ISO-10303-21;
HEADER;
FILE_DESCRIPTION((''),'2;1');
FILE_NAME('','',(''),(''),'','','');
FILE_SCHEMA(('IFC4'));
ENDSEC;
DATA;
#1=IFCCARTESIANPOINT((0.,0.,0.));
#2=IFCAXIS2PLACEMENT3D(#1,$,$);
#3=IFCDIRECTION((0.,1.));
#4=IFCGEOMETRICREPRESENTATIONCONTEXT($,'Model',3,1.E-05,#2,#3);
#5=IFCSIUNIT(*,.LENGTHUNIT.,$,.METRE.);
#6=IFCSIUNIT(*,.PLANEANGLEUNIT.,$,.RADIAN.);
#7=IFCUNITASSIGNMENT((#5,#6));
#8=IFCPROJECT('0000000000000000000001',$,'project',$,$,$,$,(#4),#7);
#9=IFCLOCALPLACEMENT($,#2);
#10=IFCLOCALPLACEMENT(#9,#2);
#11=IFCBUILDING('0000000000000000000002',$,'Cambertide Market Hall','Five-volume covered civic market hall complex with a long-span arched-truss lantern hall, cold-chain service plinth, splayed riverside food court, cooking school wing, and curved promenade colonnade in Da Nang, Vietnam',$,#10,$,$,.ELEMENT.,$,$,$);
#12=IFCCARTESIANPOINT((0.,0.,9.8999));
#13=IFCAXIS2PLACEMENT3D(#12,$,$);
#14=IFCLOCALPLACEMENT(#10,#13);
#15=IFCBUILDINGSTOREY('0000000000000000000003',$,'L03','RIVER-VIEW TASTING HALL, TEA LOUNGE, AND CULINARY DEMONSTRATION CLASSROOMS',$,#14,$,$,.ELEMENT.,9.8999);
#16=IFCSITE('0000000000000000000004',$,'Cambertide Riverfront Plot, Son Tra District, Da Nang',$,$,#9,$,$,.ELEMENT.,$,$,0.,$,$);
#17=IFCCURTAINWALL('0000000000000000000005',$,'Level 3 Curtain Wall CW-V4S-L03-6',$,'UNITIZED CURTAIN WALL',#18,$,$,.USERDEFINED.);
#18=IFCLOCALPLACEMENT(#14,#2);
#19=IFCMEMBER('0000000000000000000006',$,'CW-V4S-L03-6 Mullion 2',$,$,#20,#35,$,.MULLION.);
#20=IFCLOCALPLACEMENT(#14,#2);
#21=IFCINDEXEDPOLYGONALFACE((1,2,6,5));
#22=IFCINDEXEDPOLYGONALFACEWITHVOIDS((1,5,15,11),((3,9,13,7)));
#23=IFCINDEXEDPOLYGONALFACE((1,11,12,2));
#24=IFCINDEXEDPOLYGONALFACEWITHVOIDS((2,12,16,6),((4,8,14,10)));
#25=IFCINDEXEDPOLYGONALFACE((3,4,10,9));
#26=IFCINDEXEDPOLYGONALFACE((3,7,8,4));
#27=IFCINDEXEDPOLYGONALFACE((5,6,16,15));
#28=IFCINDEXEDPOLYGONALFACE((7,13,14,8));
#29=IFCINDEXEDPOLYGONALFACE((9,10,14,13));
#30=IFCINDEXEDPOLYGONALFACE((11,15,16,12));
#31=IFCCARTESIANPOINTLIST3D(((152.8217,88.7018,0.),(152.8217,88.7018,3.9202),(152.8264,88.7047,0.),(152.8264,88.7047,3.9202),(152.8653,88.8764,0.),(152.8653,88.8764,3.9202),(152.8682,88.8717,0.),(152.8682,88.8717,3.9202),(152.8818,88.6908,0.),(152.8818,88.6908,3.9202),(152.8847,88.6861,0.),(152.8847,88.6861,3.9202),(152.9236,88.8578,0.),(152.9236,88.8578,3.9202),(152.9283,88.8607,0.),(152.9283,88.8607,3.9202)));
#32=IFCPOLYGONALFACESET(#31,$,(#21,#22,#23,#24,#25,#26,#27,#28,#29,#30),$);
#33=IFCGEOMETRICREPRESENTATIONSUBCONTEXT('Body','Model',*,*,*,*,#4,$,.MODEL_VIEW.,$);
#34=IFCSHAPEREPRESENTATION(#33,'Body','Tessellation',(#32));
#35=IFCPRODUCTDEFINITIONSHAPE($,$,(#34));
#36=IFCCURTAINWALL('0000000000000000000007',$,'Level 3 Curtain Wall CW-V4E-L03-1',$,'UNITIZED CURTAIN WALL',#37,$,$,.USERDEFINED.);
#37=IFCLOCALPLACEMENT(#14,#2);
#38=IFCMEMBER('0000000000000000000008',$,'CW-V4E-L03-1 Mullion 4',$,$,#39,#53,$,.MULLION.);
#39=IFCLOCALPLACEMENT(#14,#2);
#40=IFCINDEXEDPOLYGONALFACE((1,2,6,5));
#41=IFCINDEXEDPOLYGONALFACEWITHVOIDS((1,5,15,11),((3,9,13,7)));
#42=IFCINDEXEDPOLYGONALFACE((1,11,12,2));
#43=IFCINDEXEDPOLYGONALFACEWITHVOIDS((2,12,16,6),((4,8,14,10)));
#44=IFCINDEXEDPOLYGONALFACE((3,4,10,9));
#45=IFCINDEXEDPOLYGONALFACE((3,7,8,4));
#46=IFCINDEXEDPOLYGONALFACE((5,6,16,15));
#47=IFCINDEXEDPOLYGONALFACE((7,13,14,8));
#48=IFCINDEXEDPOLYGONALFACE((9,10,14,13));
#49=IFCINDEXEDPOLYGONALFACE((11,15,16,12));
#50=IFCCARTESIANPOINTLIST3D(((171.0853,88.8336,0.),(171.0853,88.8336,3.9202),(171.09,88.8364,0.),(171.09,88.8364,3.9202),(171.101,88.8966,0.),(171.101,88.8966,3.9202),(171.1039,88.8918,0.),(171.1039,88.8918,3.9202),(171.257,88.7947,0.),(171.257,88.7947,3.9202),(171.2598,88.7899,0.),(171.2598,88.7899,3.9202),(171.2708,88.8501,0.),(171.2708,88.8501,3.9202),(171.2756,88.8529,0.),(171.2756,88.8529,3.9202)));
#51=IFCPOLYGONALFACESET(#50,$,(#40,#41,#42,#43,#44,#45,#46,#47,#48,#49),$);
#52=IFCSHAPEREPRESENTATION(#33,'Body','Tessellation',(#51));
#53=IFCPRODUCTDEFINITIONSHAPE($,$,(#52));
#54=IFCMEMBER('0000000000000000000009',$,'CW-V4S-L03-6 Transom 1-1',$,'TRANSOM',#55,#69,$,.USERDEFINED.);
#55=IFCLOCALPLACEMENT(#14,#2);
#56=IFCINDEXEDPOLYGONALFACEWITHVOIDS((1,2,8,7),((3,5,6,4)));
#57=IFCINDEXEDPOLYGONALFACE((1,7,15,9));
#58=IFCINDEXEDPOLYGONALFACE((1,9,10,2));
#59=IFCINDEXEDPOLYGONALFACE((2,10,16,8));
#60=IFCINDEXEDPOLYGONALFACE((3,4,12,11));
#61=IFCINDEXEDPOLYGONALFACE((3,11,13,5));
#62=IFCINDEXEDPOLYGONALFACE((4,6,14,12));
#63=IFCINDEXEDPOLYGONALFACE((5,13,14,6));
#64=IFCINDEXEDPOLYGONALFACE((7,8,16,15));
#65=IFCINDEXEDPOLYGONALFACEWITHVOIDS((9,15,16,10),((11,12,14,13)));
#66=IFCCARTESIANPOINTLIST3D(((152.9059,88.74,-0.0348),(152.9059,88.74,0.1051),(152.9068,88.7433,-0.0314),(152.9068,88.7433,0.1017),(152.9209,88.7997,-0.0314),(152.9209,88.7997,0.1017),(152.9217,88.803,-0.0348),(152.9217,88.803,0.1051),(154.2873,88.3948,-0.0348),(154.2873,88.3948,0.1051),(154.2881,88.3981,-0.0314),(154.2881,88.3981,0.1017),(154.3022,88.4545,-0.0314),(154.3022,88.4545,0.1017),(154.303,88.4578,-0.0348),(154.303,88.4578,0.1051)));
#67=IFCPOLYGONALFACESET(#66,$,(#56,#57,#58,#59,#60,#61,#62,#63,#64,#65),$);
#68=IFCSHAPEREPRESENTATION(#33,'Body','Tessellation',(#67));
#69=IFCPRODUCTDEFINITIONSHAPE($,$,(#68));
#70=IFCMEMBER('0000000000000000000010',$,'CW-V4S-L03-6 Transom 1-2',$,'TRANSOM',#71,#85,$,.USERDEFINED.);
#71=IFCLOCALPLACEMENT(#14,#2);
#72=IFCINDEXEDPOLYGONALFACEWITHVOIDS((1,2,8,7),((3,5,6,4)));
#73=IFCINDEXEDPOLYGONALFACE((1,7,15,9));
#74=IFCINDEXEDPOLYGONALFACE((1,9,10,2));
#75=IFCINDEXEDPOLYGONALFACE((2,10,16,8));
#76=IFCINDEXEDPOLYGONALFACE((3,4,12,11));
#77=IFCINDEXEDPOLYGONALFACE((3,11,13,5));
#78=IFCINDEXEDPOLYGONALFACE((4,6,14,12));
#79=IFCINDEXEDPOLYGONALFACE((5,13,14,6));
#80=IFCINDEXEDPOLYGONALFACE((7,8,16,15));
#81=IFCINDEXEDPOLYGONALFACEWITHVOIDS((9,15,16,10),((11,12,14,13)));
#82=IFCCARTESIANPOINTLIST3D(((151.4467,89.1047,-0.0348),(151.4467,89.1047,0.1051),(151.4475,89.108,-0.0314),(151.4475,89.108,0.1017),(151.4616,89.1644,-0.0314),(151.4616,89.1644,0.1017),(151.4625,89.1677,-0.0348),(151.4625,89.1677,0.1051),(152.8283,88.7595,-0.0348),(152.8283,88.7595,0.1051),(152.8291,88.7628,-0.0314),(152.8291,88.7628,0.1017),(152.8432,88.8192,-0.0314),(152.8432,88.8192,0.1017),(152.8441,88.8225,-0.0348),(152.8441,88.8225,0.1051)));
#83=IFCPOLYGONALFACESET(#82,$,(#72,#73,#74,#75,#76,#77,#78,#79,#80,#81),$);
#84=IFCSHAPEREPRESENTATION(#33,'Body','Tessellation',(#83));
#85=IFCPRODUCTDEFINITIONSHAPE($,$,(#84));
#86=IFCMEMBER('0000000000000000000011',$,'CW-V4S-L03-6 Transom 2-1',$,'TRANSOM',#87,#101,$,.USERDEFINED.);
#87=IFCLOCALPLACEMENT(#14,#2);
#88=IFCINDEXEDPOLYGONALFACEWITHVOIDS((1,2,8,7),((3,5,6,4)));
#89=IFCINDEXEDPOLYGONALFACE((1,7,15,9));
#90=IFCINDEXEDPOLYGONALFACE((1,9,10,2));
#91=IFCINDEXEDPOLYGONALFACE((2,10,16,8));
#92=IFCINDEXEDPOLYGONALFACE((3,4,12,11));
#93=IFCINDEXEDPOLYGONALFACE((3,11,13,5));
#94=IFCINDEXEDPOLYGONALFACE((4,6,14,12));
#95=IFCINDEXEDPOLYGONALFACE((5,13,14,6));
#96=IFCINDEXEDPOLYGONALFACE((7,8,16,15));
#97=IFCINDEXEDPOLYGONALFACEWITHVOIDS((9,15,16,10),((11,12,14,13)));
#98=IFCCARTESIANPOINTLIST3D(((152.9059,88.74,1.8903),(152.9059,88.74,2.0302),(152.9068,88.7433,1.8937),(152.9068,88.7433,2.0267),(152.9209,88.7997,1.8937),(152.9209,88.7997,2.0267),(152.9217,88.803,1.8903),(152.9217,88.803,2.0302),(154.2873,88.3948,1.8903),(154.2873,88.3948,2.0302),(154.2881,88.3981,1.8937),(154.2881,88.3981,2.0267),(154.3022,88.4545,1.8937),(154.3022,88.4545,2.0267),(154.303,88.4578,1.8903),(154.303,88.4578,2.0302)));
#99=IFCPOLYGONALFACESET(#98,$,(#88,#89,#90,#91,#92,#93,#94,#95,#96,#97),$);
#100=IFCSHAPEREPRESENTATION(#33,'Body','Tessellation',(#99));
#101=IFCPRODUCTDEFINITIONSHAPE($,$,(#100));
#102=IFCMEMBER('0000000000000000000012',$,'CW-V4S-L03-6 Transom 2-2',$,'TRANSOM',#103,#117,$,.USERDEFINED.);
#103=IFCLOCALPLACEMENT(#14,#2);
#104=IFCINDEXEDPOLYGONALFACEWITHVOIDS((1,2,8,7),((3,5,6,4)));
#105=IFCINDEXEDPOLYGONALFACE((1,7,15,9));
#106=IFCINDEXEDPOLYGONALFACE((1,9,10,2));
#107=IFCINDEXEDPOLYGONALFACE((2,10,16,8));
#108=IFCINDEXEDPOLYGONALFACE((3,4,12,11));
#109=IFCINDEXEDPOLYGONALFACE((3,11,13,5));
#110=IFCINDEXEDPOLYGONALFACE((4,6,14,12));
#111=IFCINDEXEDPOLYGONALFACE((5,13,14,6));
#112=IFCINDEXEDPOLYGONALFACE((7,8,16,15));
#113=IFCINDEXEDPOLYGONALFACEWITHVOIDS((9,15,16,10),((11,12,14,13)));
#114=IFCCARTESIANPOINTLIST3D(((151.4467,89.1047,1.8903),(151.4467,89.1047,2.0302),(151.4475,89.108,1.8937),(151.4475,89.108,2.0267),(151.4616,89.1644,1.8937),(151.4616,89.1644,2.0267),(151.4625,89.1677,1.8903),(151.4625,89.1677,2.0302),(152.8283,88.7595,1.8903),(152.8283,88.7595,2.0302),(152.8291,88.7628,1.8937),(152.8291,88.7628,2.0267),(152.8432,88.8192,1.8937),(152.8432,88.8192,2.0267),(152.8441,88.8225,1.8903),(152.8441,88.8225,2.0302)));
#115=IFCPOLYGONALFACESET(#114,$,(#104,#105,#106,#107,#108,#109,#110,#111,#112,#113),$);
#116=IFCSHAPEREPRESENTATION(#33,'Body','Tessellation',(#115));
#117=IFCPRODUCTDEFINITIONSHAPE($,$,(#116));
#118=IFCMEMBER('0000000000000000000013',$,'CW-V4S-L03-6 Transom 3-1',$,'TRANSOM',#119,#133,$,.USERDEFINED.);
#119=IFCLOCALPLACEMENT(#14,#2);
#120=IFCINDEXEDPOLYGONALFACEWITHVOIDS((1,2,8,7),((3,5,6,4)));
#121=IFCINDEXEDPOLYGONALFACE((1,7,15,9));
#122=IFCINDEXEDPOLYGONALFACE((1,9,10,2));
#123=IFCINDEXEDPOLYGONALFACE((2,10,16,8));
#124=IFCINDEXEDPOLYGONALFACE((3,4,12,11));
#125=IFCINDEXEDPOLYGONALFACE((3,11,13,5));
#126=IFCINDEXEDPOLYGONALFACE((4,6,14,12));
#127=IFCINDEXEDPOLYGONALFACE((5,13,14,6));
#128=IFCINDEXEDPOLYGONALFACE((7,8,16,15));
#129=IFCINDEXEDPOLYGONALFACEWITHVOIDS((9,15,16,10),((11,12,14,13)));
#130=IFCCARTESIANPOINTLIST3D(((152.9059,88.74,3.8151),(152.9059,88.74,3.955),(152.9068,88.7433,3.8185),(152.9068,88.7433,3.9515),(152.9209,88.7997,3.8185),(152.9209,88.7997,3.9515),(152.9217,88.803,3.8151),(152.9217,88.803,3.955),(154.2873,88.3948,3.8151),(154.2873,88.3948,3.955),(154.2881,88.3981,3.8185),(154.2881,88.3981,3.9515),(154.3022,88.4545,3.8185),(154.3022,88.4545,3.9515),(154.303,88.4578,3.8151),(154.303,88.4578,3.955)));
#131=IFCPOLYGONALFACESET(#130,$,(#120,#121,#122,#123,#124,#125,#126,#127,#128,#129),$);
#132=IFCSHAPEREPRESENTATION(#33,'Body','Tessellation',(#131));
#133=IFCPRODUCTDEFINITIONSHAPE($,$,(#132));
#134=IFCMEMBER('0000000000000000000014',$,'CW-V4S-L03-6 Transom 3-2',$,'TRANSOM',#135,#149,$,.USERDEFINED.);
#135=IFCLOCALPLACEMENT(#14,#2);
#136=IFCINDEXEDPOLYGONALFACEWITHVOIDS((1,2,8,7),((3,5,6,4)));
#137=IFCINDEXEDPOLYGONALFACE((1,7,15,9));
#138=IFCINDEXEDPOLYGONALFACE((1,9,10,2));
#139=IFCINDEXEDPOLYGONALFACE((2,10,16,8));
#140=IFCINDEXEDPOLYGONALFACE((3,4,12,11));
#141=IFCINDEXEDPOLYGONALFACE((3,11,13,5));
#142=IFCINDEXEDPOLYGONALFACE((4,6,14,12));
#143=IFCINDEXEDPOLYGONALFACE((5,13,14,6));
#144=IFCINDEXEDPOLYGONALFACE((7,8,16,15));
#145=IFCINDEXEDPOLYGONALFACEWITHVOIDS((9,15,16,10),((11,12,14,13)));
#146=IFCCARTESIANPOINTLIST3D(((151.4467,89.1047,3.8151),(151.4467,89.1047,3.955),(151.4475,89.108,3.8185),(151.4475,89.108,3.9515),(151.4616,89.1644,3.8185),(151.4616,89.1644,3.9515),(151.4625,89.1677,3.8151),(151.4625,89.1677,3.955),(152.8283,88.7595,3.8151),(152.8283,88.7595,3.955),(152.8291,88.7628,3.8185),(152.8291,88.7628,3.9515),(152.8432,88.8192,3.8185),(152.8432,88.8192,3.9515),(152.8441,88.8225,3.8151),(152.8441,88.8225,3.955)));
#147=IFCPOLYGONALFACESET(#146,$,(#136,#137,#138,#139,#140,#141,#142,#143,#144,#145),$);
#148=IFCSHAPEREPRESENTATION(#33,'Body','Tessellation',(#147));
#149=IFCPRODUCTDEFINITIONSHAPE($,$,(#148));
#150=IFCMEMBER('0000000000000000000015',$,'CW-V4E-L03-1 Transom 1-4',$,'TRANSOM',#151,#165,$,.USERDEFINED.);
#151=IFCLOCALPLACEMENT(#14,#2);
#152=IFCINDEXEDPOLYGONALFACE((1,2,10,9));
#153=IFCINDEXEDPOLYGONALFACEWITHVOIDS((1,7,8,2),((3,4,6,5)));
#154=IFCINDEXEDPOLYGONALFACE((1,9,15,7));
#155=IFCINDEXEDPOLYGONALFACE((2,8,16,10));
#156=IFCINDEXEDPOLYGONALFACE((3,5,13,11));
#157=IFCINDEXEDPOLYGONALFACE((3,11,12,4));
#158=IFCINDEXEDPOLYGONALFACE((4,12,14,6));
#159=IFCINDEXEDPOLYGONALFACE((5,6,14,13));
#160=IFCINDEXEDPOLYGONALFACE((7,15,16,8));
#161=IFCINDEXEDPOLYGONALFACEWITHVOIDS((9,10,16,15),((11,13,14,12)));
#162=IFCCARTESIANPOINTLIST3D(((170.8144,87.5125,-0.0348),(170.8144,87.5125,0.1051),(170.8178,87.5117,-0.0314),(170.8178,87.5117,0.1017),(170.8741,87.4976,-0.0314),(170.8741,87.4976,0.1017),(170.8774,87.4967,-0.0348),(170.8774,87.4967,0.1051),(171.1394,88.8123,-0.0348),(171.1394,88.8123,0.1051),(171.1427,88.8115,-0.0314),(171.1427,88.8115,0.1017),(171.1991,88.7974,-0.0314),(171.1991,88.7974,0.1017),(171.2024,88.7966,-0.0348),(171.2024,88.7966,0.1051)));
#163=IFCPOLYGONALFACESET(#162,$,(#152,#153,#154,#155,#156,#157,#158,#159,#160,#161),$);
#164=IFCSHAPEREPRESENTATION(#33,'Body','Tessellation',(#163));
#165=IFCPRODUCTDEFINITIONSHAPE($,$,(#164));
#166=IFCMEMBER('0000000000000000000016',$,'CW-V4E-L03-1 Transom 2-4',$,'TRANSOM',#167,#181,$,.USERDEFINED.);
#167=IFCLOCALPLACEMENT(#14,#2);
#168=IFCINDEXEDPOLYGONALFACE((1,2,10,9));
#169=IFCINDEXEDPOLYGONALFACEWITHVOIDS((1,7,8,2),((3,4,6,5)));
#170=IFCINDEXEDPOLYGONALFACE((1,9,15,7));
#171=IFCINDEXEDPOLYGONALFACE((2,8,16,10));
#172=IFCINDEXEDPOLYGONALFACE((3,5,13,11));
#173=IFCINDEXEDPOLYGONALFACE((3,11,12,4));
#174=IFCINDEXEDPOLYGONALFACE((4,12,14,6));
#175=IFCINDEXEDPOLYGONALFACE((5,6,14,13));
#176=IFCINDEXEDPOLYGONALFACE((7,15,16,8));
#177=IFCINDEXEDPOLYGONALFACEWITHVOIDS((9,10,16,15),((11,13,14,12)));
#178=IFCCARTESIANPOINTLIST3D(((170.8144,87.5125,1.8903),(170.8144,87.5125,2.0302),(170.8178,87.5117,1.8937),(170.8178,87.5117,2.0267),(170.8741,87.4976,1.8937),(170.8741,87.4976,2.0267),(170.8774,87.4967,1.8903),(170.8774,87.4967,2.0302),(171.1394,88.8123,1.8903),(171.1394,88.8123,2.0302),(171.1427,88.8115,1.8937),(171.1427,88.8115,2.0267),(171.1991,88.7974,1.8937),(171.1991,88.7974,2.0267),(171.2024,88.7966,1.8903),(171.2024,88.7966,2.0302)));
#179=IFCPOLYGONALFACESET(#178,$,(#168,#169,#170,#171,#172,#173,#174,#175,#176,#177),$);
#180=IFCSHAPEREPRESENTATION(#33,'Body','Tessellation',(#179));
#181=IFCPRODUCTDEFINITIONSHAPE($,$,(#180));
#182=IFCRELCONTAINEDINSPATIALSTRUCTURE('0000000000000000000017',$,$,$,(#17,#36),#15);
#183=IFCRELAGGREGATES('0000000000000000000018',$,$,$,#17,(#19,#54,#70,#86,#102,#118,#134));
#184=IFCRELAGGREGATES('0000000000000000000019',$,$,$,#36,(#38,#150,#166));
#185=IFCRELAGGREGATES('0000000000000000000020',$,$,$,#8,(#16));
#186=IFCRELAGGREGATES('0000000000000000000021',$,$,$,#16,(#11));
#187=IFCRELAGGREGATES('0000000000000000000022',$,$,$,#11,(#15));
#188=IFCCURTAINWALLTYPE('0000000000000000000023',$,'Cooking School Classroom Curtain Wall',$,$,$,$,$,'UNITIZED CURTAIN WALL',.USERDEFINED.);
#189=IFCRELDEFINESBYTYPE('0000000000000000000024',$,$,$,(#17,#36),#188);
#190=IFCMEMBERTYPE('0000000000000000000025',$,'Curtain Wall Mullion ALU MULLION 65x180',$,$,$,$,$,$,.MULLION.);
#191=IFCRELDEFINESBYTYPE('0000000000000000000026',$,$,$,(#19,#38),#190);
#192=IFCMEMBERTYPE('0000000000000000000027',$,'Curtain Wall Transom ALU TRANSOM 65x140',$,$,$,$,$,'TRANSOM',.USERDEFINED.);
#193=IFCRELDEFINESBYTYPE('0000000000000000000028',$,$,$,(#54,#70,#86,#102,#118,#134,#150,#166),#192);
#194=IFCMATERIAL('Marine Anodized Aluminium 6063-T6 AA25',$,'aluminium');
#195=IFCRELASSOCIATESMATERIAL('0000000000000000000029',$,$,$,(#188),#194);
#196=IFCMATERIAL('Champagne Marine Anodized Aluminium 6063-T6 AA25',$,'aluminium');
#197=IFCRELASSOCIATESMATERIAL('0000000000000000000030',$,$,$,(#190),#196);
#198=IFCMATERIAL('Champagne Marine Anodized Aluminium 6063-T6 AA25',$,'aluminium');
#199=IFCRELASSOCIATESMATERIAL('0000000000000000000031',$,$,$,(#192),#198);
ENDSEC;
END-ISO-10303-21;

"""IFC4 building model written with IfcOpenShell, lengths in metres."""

from ifc_helpers import new_model, si_unit, direction, frame, origin, origin_2d, place, context, subcontext, project, spatial, hollow_rectangle, extrude, material, material_profile, profile_set, type_object, element, aggregate, save


model = new_model("IFC4")

# Units and contexts
model_context = context("Model", 3, precision=1e-05, world=origin(), true_north=direction((0.0, 1.0)))
body_context = subcontext(model_context, "Body", "Model", "MODEL_VIEW")
ifc_project = project(units=[si_unit("LENGTHUNIT", "METRE"), si_unit("PLANEANGLEUNIT", "RADIAN")], contexts=[model_context])

# Site, building, storey
site_placement = place(None, origin())
site = spatial("IfcSite", under=ifc_project, at=site_placement, Name="Cambertide Riverfront Plot, Son Tra District, Da Nang", CompositionType="ELEMENT", RefElevation=0.0)
building_placement = place(site_placement, origin())
building = spatial("IfcBuilding", under=site, at=building_placement, Name="Cambertide Market Hall", Description="Five-volume covered civic market hall complex with a long-span arched-truss lantern hall, cold-chain service plinth, splayed riverside food court, cooking school wing, and curved promenade colonnade in Da Nang, Vietnam", CompositionType="ELEMENT")
storey_placement = place(building_placement, frame((0.0, 0.0, 9.8999)))
storey = spatial("IfcBuildingStorey", under=building, at=storey_placement, Name="L03", Description="RIVER-VIEW TASTING HALL, TEA LOUNGE, AND CULINARY DEMONSTRATION CLASSROOMS", CompositionType="ELEMENT", Elevation=9.8999)

# Curtain walls, members
ifc_material_1 = material(Name="Marine Anodized Aluminium 6063-T6 AA25", Category="aluminium")
curtain_wall_type = type_object("IfcCurtainWallType", Name="Cooking School Classroom Curtain Wall", ElementType="UNITIZED CURTAIN WALL", PredefinedType="USERDEFINED", material=ifc_material_1)
curtain_wall_1_placement = place(storey_placement, origin())
curtain_wall_1 = element("IfcCurtainWall", 1, at=curtain_wall_1_placement, inside=storey, type_object=curtain_wall_type, Name="Level 3 Curtain Wall CW-V4S-L03-6", ObjectType="UNITIZED CURTAIN WALL", PredefinedType="USERDEFINED")
ifc_material_2 = material(Name="Champagne Marine Anodized Aluminium 6063-T6 AA25", Category="aluminium")
ifc_material_profile_1 = material_profile(ifc_material_2, hollow_rectangle(XDim=0.0649, YDim=0.1799, WallThickness=0.0039, at=origin_2d()), Name="ALU MULLION 65x180")
ifc_profile_set_1 = profile_set([ifc_material_profile_1], Name="Champagne Marine Anodized Aluminium 6063-T6 AA25")
member_type_1 = type_object("IfcMemberType", Name="Curtain Wall Mullion ALU MULLION 65x180", PredefinedType="MULLION", material=ifc_profile_set_1)
member_1_placement = place(storey_placement, frame((152.875, 88.7812, 0.0), z_axis=(0.0, 0.0, 1.0), x_axis=(-0.970143, 0.242535, 0.0)))
member_1 = element("IfcMember", 2, at=member_1_placement, type_object=member_type_1, Name="CW-V4S-L03-6 Mullion 2", PredefinedType="MULLION", context=body_context, shape_type="SweptSolid", body=[
    extrude(hollow_rectangle(XDim=0.0649, YDim=0.1799, WallThickness=0.0039, at=origin_2d()), origin(), (0.0, 0.0, 1.0), 3.9202),
])
curtain_wall_2_placement = place(storey_placement, origin())
curtain_wall_2 = element("IfcCurtainWall", 3, at=curtain_wall_2_placement, inside=storey, type_object=curtain_wall_type, Name="Level 3 Curtain Wall CW-V4E-L03-1", ObjectType="UNITIZED CURTAIN WALL", PredefinedType="USERDEFINED")
member_2_placement = place(storey_placement, frame((171.1804, 88.8433, 0.0), z_axis=(0.0, 0.0, 1.0), x_axis=(-0.242536, -0.970143, 0.0)))
member_2 = element("IfcMember", 4, at=member_2_placement, type_object=member_type_1, Name="CW-V4E-L03-1 Mullion 4", PredefinedType="MULLION", context=body_context, shape_type="SweptSolid", body=[
    extrude(hollow_rectangle(XDim=0.0649, YDim=0.1799, WallThickness=0.0039, at=origin_2d()), origin(), (0.0, 0.0, 1.0), 3.9202),
])

# Members
ifc_material_3 = material(Name="Champagne Marine Anodized Aluminium 6063-T6 AA25", Category="aluminium")
ifc_material_profile_2 = material_profile(ifc_material_3, hollow_rectangle(XDim=0.0649, YDim=0.1399, WallThickness=0.0034, at=origin_2d()), Name="ALU TRANSOM 65x140")
ifc_profile_set_2 = profile_set([ifc_material_profile_2], Name="Champagne Marine Anodized Aluminium 6063-T6 AA25")
member_type_2 = type_object("IfcMemberType", Name="Curtain Wall Transom ALU TRANSOM 65x140", ElementType="TRANSOM", PredefinedType="USERDEFINED", material=ifc_profile_set_2)
member_3_placement = place(storey_placement, frame((154.2952, 88.4263, 0.0352), z_axis=(-0.970163, 0.242455, 0.0), x_axis=(-0.242455, -0.970163, 0.0)))
member_3 = element("IfcMember", 5, at=member_3_placement, type_object=member_type_2, Name="CW-V4S-L03-6 Transom 1-1", ObjectType="TRANSOM", PredefinedType="USERDEFINED", context=body_context, shape_type="SweptSolid", body=[
    extrude(hollow_rectangle(XDim=0.0649, YDim=0.1399, WallThickness=0.0034, at=origin_2d()), origin(), (0.0, 0.0, 1.0), 1.4238),
])
member_4_placement = place(storey_placement, frame((152.8362, 88.791, 0.0352), z_axis=(-0.970173, 0.242415, 0.0), x_axis=(-0.242415, -0.970173, 0.0)))
member_4 = element("IfcMember", 6, at=member_4_placement, type_object=member_type_2, Name="CW-V4S-L03-6 Transom 1-2", ObjectType="TRANSOM", PredefinedType="USERDEFINED", context=body_context, shape_type="SweptSolid", body=[
    extrude(hollow_rectangle(XDim=0.0649, YDim=0.1399, WallThickness=0.0034, at=origin_2d()), origin(), (0.0, 0.0, 1.0), 1.4241),
])
member_5_placement = place(storey_placement, frame((154.2952, 88.4263, 1.9602), z_axis=(-0.970163, 0.242455, 0.0), x_axis=(-0.242455, -0.970163, 0.0)))
member_5 = element("IfcMember", 7, at=member_5_placement, type_object=member_type_2, Name="CW-V4S-L03-6 Transom 2-1", ObjectType="TRANSOM", PredefinedType="USERDEFINED", context=body_context, shape_type="SweptSolid", body=[
    extrude(hollow_rectangle(XDim=0.0649, YDim=0.1399, WallThickness=0.0034, at=origin_2d()), origin(), (0.0, 0.0, 1.0), 1.4238),
])
member_6_placement = place(storey_placement, frame((152.8362, 88.791, 1.9602), z_axis=(-0.970173, 0.242415, 0.0), x_axis=(-0.242415, -0.970173, 0.0)))
member_6 = element("IfcMember", 8, at=member_6_placement, type_object=member_type_2, Name="CW-V4S-L03-6 Transom 2-2", ObjectType="TRANSOM", PredefinedType="USERDEFINED", context=body_context, shape_type="SweptSolid", body=[
    extrude(hollow_rectangle(XDim=0.0649, YDim=0.1399, WallThickness=0.0034, at=origin_2d()), origin(), (0.0, 0.0, 1.0), 1.4241),
])
member_7_placement = place(storey_placement, frame((154.2952, 88.4263, 3.885), z_axis=(-0.970163, 0.242455, 0.0), x_axis=(-0.242455, -0.970163, 0.0)))
member_7 = element("IfcMember", 9, at=member_7_placement, type_object=member_type_2, Name="CW-V4S-L03-6 Transom 3-1", ObjectType="TRANSOM", PredefinedType="USERDEFINED", context=body_context, shape_type="SweptSolid", body=[
    extrude(hollow_rectangle(XDim=0.0649, YDim=0.1399, WallThickness=0.0034, at=origin_2d()), origin(), (0.0, 0.0, 1.0), 1.4238),
])
member_8_placement = place(storey_placement, frame((152.8362, 88.791, 3.885), z_axis=(-0.970173, 0.242415, 0.0), x_axis=(-0.242415, -0.970173, 0.0)))
member_8 = element("IfcMember", 10, at=member_8_placement, type_object=member_type_2, Name="CW-V4S-L03-6 Transom 3-2", ObjectType="TRANSOM", PredefinedType="USERDEFINED", context=body_context, shape_type="SweptSolid", body=[
    extrude(hollow_rectangle(XDim=0.0649, YDim=0.1399, WallThickness=0.0034, at=origin_2d()), origin(), (0.0, 0.0, 1.0), 1.4241),
])
member_9_placement = place(storey_placement, frame((171.1709, 88.8044, 0.0352), z_axis=(-0.242536, -0.970143, 0.0), x_axis=(0.970143, -0.242536, 0.0)))
member_9 = element("IfcMember", 11, at=member_9_placement, type_object=member_type_2, Name="CW-V4E-L03-1 Transom 1-4", ObjectType="TRANSOM", PredefinedType="USERDEFINED", context=body_context, shape_type="SweptSolid", body=[
    extrude(hollow_rectangle(XDim=0.0649, YDim=0.1399, WallThickness=0.0034, at=origin_2d()), origin(), (0.0, 0.0, 1.0), 1.3398),
])
member_10_placement = place(storey_placement, frame((171.1709, 88.8044, 1.9602), z_axis=(-0.242536, -0.970143, 0.0), x_axis=(0.970143, -0.242536, 0.0)))
member_10 = element("IfcMember", 12, at=member_10_placement, type_object=member_type_2, Name="CW-V4E-L03-1 Transom 2-4", ObjectType="TRANSOM", PredefinedType="USERDEFINED", context=body_context, shape_type="SweptSolid", body=[
    extrude(hollow_rectangle(XDim=0.0649, YDim=0.1399, WallThickness=0.0034, at=origin_2d()), origin(), (0.0, 0.0, 1.0), 1.3398),
])

aggregate(curtain_wall_1, [member_1, member_3, member_4, member_5, member_6, member_7, member_8])
aggregate(curtain_wall_2, [member_2, member_9, member_10])

save(model, "model.ifc")
